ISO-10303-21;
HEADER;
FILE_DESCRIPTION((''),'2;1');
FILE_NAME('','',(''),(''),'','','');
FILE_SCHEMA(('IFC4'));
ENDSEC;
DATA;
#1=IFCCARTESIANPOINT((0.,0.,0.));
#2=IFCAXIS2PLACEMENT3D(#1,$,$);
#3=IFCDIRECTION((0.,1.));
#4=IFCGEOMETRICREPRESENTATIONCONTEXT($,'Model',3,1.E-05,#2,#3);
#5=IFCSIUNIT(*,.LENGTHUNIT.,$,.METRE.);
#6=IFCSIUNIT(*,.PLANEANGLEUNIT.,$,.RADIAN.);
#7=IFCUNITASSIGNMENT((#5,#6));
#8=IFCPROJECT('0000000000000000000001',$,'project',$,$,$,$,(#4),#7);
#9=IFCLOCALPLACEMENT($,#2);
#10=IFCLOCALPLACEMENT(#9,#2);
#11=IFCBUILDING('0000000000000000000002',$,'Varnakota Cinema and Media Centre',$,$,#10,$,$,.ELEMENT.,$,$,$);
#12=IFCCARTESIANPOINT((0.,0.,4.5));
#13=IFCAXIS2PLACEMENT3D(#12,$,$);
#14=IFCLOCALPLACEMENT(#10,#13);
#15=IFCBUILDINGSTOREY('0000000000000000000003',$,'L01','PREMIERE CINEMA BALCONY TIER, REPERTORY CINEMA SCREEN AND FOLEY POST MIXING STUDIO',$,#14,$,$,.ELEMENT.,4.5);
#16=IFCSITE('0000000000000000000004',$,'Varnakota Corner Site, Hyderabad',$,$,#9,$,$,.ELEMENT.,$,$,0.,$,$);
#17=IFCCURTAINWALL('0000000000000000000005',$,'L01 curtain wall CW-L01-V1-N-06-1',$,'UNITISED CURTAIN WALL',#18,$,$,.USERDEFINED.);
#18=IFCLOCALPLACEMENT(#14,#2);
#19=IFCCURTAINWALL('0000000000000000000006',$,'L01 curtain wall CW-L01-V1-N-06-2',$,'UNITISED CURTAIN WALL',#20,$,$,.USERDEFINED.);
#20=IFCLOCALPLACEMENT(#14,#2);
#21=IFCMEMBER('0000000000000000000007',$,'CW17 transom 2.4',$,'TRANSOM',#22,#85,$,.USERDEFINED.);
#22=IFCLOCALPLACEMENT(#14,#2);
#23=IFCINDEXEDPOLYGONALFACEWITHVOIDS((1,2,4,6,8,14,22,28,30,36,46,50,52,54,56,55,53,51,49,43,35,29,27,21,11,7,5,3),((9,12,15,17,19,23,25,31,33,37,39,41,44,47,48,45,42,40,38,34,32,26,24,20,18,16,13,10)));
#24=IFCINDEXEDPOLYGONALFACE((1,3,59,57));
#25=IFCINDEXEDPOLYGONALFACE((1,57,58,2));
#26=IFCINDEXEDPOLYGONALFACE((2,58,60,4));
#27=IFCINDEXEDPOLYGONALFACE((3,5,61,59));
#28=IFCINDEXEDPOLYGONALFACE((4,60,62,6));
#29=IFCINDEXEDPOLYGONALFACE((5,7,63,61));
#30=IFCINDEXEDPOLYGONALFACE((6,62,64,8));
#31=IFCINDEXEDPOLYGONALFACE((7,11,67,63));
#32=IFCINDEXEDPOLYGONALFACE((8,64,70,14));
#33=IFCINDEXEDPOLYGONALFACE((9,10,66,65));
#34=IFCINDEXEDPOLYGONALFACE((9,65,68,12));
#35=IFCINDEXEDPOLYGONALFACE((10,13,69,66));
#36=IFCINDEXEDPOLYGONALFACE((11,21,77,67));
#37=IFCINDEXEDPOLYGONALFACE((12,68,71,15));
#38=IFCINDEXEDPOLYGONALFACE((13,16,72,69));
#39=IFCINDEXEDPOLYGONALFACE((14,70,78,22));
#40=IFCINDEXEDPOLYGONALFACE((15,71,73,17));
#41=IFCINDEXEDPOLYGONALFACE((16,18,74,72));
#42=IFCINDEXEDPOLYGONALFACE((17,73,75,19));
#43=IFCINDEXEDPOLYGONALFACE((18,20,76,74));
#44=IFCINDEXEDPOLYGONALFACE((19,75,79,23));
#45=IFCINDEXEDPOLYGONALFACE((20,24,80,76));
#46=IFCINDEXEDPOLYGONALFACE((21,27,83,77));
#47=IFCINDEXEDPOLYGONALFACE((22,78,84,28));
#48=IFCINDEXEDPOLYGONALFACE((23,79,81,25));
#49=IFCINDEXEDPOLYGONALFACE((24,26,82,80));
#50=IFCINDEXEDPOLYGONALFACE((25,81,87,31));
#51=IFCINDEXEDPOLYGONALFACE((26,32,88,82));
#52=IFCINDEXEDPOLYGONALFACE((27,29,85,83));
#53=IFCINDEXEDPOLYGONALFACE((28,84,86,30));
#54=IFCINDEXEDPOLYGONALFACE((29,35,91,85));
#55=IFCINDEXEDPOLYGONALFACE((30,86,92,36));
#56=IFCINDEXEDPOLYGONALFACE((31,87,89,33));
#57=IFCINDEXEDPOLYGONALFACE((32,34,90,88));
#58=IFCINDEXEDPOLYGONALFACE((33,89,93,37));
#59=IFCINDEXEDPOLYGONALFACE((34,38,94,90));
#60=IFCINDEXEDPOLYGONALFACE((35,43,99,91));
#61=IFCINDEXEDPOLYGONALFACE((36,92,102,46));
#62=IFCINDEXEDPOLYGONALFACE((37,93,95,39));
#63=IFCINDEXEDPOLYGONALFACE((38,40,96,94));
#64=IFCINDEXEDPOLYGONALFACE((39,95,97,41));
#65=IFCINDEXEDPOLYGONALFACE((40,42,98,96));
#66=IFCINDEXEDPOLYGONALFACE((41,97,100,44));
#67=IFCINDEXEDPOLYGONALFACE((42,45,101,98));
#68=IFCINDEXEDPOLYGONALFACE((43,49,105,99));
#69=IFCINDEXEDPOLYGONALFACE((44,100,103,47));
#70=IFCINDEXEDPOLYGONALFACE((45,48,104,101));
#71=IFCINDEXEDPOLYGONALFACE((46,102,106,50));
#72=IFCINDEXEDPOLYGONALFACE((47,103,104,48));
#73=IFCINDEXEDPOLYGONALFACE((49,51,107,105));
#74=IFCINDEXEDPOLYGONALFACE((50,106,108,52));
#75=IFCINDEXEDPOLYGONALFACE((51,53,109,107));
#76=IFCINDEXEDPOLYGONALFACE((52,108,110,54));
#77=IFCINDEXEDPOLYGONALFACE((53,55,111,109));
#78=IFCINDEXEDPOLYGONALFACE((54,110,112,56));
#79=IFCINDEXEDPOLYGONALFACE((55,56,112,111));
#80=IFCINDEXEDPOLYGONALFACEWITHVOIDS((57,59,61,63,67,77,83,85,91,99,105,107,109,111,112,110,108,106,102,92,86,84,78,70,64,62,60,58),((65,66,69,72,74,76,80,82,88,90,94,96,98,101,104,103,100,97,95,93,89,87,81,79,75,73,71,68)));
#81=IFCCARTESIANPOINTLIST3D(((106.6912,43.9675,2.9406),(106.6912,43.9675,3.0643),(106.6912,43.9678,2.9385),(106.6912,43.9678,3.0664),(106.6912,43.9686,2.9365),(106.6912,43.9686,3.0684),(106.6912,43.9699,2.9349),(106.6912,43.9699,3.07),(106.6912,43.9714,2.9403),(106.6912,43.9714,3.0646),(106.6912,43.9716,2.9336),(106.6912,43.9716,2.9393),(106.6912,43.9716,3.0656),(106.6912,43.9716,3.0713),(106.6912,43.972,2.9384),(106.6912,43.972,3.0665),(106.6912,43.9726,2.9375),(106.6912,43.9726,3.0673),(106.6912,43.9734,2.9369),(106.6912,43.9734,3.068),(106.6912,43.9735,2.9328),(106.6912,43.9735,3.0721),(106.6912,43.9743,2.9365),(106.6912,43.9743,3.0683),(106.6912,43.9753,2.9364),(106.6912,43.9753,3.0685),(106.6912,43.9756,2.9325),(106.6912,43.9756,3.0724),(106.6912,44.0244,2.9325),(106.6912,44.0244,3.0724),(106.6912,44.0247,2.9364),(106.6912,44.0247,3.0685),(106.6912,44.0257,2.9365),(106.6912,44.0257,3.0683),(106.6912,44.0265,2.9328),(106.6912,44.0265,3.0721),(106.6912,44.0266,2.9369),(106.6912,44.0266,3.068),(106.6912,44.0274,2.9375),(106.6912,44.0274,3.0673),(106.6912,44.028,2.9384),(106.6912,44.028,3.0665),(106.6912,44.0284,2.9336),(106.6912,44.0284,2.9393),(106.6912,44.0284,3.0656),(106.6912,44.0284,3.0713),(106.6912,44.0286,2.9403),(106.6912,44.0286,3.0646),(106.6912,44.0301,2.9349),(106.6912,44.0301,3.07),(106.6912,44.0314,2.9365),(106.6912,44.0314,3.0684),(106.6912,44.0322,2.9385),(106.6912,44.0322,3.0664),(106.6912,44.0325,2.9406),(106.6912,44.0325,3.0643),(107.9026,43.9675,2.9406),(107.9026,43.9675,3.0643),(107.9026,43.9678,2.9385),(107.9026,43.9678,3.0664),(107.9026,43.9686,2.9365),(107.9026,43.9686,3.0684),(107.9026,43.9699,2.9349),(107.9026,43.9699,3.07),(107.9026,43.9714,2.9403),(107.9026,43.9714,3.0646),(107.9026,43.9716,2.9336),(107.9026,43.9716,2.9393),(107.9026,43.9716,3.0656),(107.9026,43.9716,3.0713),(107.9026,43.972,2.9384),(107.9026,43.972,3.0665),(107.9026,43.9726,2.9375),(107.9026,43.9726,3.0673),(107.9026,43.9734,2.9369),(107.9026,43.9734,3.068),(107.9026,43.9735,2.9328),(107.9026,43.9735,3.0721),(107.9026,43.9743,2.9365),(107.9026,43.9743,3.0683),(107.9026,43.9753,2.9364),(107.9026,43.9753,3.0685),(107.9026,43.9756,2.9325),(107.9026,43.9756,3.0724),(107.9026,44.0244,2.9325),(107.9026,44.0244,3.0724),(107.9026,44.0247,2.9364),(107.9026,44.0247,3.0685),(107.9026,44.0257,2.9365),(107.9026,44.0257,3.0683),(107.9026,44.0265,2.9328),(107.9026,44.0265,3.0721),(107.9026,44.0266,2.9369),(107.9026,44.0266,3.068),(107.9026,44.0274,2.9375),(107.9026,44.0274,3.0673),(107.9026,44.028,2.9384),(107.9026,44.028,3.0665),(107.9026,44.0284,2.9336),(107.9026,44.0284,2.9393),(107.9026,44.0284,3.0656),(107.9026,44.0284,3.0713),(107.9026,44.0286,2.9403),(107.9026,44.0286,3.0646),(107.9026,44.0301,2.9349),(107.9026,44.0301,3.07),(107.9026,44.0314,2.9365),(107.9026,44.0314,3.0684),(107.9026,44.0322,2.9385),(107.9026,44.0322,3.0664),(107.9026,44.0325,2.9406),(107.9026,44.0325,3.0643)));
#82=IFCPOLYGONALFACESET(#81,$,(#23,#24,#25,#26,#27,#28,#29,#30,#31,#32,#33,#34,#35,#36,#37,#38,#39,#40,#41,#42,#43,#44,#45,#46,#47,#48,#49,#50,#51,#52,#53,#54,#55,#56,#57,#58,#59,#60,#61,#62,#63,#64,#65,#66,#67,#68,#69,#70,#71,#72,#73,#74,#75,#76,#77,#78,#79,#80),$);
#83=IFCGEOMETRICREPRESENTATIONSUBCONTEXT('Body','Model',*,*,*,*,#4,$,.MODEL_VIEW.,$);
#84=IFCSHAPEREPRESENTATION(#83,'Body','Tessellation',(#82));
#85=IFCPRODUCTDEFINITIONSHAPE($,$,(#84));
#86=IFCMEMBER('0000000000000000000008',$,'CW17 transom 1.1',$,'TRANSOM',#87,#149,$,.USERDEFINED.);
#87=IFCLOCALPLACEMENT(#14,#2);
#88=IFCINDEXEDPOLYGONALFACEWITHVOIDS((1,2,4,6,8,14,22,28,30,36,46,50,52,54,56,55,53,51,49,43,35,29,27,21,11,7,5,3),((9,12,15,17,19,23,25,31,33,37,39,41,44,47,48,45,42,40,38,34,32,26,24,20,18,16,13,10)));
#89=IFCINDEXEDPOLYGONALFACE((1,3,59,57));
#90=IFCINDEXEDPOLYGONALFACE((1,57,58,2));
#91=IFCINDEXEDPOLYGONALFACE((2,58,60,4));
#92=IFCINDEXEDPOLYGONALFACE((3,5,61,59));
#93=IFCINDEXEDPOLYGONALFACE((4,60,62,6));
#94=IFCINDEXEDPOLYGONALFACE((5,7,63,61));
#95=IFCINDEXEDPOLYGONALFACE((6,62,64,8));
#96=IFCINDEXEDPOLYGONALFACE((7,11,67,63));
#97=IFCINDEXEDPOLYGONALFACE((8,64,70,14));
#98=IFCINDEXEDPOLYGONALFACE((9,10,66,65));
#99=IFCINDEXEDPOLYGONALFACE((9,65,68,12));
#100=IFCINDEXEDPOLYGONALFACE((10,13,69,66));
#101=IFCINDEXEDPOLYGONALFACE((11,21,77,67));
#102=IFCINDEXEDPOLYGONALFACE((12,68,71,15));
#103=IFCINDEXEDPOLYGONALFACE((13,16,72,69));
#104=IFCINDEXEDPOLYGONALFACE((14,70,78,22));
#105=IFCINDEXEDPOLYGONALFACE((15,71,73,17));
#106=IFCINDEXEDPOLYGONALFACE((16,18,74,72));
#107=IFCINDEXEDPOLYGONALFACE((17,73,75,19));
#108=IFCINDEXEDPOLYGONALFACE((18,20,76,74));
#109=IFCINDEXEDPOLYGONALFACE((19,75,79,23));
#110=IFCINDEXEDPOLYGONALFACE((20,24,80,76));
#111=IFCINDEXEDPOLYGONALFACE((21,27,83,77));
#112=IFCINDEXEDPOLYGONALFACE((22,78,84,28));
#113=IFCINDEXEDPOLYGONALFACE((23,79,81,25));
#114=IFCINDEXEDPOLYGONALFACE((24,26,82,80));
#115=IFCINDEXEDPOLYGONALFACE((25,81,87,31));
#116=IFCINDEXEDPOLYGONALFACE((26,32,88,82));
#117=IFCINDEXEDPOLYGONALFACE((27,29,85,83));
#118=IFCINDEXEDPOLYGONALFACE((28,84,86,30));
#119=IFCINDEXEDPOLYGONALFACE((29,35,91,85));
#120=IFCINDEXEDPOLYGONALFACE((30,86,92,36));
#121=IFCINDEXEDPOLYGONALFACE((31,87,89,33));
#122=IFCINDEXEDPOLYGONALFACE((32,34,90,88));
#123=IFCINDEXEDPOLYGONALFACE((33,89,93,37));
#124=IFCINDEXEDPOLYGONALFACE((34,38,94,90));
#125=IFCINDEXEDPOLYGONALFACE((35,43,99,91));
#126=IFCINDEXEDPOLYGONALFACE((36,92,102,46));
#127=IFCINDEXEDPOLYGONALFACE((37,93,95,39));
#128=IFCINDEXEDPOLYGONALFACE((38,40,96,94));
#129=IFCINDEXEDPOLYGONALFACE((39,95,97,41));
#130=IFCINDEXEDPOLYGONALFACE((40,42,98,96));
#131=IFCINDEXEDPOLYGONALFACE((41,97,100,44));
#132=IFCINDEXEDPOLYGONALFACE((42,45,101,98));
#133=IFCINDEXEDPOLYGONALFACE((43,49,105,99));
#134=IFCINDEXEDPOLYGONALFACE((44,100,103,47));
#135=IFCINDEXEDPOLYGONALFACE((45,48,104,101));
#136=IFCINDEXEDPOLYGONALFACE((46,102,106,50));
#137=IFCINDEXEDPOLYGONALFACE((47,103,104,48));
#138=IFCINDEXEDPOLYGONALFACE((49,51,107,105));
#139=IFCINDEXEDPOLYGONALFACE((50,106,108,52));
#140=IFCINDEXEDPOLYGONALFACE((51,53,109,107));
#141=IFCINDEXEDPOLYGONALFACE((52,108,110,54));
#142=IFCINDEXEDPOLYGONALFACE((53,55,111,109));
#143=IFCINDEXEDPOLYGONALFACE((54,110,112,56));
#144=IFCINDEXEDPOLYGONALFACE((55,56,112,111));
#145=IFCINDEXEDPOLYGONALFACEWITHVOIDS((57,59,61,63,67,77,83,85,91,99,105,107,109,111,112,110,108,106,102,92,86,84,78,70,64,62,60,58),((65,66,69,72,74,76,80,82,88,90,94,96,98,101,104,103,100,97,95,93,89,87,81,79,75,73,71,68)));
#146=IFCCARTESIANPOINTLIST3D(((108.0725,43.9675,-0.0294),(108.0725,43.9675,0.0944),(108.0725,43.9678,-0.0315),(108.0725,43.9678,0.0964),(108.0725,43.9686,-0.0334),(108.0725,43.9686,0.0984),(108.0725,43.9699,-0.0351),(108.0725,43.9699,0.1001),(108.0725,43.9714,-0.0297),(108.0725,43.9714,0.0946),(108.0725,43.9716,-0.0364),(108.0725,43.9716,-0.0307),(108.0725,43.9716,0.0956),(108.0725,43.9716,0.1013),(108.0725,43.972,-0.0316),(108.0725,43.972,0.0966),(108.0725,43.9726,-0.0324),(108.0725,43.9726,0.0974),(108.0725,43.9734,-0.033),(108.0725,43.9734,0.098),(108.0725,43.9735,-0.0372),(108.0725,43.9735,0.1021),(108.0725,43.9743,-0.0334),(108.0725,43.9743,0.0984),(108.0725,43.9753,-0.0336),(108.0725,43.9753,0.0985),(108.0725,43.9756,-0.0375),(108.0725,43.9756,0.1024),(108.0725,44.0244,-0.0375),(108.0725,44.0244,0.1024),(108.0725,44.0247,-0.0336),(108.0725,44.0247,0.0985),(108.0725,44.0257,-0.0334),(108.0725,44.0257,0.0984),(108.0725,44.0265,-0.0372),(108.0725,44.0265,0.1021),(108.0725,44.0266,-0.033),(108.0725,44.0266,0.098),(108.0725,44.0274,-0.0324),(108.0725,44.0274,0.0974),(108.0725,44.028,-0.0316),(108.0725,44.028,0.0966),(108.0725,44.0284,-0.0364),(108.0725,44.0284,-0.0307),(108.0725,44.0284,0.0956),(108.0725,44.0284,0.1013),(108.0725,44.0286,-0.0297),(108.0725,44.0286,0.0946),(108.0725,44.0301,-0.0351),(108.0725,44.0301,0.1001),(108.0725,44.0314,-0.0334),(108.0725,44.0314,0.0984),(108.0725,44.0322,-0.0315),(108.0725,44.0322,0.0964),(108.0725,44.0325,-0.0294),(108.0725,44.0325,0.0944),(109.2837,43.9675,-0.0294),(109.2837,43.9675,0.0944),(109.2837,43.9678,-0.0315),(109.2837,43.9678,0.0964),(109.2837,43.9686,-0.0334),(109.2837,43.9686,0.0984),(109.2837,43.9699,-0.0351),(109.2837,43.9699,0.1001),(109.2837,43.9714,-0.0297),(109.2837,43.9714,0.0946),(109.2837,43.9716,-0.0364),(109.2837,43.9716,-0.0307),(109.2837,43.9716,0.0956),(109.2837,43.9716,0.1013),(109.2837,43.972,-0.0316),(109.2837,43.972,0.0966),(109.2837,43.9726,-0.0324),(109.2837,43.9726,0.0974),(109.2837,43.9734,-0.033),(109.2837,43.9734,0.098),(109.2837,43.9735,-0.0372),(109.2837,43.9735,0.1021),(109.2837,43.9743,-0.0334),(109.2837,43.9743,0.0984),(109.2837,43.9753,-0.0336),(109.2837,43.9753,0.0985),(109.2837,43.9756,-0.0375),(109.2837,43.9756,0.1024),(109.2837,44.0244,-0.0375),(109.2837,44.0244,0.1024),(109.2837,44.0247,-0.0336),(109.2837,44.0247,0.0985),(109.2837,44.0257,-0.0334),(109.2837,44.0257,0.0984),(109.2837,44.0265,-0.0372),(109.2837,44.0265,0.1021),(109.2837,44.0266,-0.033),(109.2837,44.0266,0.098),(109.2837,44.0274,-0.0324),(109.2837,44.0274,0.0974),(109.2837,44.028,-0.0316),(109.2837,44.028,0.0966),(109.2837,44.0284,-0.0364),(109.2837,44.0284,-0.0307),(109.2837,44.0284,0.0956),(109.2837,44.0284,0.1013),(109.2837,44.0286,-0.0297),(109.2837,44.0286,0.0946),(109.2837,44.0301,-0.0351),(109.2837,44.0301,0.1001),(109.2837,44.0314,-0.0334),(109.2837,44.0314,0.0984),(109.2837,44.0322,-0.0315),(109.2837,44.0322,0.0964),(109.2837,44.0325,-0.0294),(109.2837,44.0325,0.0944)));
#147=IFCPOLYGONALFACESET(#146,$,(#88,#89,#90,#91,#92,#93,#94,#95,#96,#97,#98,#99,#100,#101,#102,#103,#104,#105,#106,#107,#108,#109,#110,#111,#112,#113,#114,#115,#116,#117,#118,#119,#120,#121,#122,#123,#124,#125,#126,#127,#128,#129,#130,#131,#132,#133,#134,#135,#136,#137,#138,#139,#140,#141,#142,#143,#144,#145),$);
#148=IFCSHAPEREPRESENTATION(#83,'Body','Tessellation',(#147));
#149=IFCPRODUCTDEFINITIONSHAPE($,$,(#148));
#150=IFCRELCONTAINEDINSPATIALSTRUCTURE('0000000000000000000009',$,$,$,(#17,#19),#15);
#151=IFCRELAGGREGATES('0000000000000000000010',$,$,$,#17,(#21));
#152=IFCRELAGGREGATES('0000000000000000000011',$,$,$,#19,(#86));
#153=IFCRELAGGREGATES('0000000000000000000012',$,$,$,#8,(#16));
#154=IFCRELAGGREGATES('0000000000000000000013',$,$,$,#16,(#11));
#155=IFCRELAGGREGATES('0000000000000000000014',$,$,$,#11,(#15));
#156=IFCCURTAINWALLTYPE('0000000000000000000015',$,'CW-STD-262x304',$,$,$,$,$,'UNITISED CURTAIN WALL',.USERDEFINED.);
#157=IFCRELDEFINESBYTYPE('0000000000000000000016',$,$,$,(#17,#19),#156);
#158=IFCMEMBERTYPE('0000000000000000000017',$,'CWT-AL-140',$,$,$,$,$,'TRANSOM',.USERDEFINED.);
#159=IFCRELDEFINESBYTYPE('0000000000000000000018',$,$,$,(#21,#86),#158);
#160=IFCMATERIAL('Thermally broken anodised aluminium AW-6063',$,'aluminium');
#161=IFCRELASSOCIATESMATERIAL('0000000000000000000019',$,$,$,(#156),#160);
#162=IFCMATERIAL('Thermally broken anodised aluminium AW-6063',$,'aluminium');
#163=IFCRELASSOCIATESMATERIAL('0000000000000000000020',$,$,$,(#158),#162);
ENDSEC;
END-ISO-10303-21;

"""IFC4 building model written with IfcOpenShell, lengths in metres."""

from ifc_helpers import new_model, si_unit, direction, frame, origin, origin_2d, place, context, subcontext, project, spatial, hollow_rectangle, extrude, material, material_profile, profile_set, type_object, element, aggregate, save


model = new_model("IFC4")

# Units and contexts
model_context = context("Model", 3, precision=1e-05, world=origin(), true_north=direction((0.0, 1.0)))
body_context = subcontext(model_context, "Body", "Model", "MODEL_VIEW")
ifc_project = project(units=[si_unit("LENGTHUNIT", "METRE"), si_unit("PLANEANGLEUNIT", "RADIAN")], contexts=[model_context])

# Site, building, storey
site_placement = place(None, origin())
site = spatial("IfcSite", under=ifc_project, at=site_placement, Name="Varnakota Corner Site, Hyderabad", CompositionType="ELEMENT", RefElevation=0.0)
building_placement = place(site_placement, origin())
building = spatial("IfcBuilding", under=site, at=building_placement, Name="Varnakota Cinema and Media Centre", CompositionType="ELEMENT")
storey_placement = place(building_placement, frame((0.0, 0.0, 4.5)))
storey = spatial("IfcBuildingStorey", under=building, at=storey_placement, Name="L01", Description="PREMIERE CINEMA BALCONY TIER, REPERTORY CINEMA SCREEN AND FOLEY POST MIXING STUDIO", CompositionType="ELEMENT", Elevation=4.5)

# Shared definitions
ifc_material_1 = material(Name="Thermally broken anodised aluminium AW-6063", Category="aluminium")
curtain_wall_type = type_object("IfcCurtainWallType", Name="CW-STD-262x304", ElementType="UNITISED CURTAIN WALL", PredefinedType="USERDEFINED", material=ifc_material_1)

# Curtain wall
curtain_wall_1_placement = place(storey_placement, origin())
curtain_wall_1 = element("IfcCurtainWall", 1, at=curtain_wall_1_placement, inside=storey, type_object=curtain_wall_type, Name="L01 curtain wall CW-L01-V1-N-06-1", ObjectType="UNITISED CURTAIN WALL", PredefinedType="USERDEFINED")

# Curtain wall
curtain_wall_2_placement = place(storey_placement, origin())
curtain_wall_2 = element("IfcCurtainWall", 2, at=curtain_wall_2_placement, inside=storey, type_object=curtain_wall_type, Name="L01 curtain wall CW-L01-V1-N-06-2", ObjectType="UNITISED CURTAIN WALL", PredefinedType="USERDEFINED")

# Members
ifc_material_2 = material(Name="Thermally broken anodised aluminium AW-6063", Category="aluminium")
ifc_material_profile_1 = material_profile(ifc_material_2, hollow_rectangle(XDim=0.0649, YDim=0.1399, WallThickness=0.0039, InnerFilletRadius=0.0039, OuterFilletRadius=0.0081, at=origin_2d()), Name="AL-TRANSOM 140x65x4")
ifc_profile_set_1 = profile_set([ifc_material_profile_1], Name="Thermally broken anodised aluminium AW-6063")
member_type_1 = type_object("IfcMemberType", Name="CWT-AL-140", ElementType="TRANSOM", PredefinedType="USERDEFINED", material=ifc_profile_set_1)
member_1_placement = place(storey_placement, frame((106.6912, 44.0, 3.0024), z_axis=(1.0, 0.0, 0.0), x_axis=(0.0, 1.0, 0.0)))
member_1 = element("IfcMember", 3, at=member_1_placement, type_object=member_type_1, Name="CW17 transom 2.4", ObjectType="TRANSOM", PredefinedType="USERDEFINED", context=body_context, shape_type="SweptSolid", body=[
    extrude(hollow_rectangle(XDim=0.0649, YDim=0.1399, WallThickness=0.0039, InnerFilletRadius=0.0039, OuterFilletRadius=0.0081, at=origin_2d()), origin(), (0.0, 0.0, 1.0), 1.2114),
])
member_2_placement = place(storey_placement, frame((108.0725, 44.0, 0.0325), z_axis=(1.0, 0.0, 0.0), x_axis=(0.0, 1.0, 0.0)))
member_2 = element("IfcMember", 4, at=member_2_placement, type_object=member_type_1, Name="CW17 transom 1.1", ObjectType="TRANSOM", PredefinedType="USERDEFINED", context=body_context, shape_type="SweptSolid", body=[
    extrude(hollow_rectangle(XDim=0.0649, YDim=0.1399, WallThickness=0.0039, InnerFilletRadius=0.0039, OuterFilletRadius=0.0081, at=origin_2d()), origin(), (0.0, 0.0, 1.0), 1.2112),
])

aggregate(curtain_wall_1, [member_1])
aggregate(curtain_wall_2, [member_2])

save(model, "model.ifc")
